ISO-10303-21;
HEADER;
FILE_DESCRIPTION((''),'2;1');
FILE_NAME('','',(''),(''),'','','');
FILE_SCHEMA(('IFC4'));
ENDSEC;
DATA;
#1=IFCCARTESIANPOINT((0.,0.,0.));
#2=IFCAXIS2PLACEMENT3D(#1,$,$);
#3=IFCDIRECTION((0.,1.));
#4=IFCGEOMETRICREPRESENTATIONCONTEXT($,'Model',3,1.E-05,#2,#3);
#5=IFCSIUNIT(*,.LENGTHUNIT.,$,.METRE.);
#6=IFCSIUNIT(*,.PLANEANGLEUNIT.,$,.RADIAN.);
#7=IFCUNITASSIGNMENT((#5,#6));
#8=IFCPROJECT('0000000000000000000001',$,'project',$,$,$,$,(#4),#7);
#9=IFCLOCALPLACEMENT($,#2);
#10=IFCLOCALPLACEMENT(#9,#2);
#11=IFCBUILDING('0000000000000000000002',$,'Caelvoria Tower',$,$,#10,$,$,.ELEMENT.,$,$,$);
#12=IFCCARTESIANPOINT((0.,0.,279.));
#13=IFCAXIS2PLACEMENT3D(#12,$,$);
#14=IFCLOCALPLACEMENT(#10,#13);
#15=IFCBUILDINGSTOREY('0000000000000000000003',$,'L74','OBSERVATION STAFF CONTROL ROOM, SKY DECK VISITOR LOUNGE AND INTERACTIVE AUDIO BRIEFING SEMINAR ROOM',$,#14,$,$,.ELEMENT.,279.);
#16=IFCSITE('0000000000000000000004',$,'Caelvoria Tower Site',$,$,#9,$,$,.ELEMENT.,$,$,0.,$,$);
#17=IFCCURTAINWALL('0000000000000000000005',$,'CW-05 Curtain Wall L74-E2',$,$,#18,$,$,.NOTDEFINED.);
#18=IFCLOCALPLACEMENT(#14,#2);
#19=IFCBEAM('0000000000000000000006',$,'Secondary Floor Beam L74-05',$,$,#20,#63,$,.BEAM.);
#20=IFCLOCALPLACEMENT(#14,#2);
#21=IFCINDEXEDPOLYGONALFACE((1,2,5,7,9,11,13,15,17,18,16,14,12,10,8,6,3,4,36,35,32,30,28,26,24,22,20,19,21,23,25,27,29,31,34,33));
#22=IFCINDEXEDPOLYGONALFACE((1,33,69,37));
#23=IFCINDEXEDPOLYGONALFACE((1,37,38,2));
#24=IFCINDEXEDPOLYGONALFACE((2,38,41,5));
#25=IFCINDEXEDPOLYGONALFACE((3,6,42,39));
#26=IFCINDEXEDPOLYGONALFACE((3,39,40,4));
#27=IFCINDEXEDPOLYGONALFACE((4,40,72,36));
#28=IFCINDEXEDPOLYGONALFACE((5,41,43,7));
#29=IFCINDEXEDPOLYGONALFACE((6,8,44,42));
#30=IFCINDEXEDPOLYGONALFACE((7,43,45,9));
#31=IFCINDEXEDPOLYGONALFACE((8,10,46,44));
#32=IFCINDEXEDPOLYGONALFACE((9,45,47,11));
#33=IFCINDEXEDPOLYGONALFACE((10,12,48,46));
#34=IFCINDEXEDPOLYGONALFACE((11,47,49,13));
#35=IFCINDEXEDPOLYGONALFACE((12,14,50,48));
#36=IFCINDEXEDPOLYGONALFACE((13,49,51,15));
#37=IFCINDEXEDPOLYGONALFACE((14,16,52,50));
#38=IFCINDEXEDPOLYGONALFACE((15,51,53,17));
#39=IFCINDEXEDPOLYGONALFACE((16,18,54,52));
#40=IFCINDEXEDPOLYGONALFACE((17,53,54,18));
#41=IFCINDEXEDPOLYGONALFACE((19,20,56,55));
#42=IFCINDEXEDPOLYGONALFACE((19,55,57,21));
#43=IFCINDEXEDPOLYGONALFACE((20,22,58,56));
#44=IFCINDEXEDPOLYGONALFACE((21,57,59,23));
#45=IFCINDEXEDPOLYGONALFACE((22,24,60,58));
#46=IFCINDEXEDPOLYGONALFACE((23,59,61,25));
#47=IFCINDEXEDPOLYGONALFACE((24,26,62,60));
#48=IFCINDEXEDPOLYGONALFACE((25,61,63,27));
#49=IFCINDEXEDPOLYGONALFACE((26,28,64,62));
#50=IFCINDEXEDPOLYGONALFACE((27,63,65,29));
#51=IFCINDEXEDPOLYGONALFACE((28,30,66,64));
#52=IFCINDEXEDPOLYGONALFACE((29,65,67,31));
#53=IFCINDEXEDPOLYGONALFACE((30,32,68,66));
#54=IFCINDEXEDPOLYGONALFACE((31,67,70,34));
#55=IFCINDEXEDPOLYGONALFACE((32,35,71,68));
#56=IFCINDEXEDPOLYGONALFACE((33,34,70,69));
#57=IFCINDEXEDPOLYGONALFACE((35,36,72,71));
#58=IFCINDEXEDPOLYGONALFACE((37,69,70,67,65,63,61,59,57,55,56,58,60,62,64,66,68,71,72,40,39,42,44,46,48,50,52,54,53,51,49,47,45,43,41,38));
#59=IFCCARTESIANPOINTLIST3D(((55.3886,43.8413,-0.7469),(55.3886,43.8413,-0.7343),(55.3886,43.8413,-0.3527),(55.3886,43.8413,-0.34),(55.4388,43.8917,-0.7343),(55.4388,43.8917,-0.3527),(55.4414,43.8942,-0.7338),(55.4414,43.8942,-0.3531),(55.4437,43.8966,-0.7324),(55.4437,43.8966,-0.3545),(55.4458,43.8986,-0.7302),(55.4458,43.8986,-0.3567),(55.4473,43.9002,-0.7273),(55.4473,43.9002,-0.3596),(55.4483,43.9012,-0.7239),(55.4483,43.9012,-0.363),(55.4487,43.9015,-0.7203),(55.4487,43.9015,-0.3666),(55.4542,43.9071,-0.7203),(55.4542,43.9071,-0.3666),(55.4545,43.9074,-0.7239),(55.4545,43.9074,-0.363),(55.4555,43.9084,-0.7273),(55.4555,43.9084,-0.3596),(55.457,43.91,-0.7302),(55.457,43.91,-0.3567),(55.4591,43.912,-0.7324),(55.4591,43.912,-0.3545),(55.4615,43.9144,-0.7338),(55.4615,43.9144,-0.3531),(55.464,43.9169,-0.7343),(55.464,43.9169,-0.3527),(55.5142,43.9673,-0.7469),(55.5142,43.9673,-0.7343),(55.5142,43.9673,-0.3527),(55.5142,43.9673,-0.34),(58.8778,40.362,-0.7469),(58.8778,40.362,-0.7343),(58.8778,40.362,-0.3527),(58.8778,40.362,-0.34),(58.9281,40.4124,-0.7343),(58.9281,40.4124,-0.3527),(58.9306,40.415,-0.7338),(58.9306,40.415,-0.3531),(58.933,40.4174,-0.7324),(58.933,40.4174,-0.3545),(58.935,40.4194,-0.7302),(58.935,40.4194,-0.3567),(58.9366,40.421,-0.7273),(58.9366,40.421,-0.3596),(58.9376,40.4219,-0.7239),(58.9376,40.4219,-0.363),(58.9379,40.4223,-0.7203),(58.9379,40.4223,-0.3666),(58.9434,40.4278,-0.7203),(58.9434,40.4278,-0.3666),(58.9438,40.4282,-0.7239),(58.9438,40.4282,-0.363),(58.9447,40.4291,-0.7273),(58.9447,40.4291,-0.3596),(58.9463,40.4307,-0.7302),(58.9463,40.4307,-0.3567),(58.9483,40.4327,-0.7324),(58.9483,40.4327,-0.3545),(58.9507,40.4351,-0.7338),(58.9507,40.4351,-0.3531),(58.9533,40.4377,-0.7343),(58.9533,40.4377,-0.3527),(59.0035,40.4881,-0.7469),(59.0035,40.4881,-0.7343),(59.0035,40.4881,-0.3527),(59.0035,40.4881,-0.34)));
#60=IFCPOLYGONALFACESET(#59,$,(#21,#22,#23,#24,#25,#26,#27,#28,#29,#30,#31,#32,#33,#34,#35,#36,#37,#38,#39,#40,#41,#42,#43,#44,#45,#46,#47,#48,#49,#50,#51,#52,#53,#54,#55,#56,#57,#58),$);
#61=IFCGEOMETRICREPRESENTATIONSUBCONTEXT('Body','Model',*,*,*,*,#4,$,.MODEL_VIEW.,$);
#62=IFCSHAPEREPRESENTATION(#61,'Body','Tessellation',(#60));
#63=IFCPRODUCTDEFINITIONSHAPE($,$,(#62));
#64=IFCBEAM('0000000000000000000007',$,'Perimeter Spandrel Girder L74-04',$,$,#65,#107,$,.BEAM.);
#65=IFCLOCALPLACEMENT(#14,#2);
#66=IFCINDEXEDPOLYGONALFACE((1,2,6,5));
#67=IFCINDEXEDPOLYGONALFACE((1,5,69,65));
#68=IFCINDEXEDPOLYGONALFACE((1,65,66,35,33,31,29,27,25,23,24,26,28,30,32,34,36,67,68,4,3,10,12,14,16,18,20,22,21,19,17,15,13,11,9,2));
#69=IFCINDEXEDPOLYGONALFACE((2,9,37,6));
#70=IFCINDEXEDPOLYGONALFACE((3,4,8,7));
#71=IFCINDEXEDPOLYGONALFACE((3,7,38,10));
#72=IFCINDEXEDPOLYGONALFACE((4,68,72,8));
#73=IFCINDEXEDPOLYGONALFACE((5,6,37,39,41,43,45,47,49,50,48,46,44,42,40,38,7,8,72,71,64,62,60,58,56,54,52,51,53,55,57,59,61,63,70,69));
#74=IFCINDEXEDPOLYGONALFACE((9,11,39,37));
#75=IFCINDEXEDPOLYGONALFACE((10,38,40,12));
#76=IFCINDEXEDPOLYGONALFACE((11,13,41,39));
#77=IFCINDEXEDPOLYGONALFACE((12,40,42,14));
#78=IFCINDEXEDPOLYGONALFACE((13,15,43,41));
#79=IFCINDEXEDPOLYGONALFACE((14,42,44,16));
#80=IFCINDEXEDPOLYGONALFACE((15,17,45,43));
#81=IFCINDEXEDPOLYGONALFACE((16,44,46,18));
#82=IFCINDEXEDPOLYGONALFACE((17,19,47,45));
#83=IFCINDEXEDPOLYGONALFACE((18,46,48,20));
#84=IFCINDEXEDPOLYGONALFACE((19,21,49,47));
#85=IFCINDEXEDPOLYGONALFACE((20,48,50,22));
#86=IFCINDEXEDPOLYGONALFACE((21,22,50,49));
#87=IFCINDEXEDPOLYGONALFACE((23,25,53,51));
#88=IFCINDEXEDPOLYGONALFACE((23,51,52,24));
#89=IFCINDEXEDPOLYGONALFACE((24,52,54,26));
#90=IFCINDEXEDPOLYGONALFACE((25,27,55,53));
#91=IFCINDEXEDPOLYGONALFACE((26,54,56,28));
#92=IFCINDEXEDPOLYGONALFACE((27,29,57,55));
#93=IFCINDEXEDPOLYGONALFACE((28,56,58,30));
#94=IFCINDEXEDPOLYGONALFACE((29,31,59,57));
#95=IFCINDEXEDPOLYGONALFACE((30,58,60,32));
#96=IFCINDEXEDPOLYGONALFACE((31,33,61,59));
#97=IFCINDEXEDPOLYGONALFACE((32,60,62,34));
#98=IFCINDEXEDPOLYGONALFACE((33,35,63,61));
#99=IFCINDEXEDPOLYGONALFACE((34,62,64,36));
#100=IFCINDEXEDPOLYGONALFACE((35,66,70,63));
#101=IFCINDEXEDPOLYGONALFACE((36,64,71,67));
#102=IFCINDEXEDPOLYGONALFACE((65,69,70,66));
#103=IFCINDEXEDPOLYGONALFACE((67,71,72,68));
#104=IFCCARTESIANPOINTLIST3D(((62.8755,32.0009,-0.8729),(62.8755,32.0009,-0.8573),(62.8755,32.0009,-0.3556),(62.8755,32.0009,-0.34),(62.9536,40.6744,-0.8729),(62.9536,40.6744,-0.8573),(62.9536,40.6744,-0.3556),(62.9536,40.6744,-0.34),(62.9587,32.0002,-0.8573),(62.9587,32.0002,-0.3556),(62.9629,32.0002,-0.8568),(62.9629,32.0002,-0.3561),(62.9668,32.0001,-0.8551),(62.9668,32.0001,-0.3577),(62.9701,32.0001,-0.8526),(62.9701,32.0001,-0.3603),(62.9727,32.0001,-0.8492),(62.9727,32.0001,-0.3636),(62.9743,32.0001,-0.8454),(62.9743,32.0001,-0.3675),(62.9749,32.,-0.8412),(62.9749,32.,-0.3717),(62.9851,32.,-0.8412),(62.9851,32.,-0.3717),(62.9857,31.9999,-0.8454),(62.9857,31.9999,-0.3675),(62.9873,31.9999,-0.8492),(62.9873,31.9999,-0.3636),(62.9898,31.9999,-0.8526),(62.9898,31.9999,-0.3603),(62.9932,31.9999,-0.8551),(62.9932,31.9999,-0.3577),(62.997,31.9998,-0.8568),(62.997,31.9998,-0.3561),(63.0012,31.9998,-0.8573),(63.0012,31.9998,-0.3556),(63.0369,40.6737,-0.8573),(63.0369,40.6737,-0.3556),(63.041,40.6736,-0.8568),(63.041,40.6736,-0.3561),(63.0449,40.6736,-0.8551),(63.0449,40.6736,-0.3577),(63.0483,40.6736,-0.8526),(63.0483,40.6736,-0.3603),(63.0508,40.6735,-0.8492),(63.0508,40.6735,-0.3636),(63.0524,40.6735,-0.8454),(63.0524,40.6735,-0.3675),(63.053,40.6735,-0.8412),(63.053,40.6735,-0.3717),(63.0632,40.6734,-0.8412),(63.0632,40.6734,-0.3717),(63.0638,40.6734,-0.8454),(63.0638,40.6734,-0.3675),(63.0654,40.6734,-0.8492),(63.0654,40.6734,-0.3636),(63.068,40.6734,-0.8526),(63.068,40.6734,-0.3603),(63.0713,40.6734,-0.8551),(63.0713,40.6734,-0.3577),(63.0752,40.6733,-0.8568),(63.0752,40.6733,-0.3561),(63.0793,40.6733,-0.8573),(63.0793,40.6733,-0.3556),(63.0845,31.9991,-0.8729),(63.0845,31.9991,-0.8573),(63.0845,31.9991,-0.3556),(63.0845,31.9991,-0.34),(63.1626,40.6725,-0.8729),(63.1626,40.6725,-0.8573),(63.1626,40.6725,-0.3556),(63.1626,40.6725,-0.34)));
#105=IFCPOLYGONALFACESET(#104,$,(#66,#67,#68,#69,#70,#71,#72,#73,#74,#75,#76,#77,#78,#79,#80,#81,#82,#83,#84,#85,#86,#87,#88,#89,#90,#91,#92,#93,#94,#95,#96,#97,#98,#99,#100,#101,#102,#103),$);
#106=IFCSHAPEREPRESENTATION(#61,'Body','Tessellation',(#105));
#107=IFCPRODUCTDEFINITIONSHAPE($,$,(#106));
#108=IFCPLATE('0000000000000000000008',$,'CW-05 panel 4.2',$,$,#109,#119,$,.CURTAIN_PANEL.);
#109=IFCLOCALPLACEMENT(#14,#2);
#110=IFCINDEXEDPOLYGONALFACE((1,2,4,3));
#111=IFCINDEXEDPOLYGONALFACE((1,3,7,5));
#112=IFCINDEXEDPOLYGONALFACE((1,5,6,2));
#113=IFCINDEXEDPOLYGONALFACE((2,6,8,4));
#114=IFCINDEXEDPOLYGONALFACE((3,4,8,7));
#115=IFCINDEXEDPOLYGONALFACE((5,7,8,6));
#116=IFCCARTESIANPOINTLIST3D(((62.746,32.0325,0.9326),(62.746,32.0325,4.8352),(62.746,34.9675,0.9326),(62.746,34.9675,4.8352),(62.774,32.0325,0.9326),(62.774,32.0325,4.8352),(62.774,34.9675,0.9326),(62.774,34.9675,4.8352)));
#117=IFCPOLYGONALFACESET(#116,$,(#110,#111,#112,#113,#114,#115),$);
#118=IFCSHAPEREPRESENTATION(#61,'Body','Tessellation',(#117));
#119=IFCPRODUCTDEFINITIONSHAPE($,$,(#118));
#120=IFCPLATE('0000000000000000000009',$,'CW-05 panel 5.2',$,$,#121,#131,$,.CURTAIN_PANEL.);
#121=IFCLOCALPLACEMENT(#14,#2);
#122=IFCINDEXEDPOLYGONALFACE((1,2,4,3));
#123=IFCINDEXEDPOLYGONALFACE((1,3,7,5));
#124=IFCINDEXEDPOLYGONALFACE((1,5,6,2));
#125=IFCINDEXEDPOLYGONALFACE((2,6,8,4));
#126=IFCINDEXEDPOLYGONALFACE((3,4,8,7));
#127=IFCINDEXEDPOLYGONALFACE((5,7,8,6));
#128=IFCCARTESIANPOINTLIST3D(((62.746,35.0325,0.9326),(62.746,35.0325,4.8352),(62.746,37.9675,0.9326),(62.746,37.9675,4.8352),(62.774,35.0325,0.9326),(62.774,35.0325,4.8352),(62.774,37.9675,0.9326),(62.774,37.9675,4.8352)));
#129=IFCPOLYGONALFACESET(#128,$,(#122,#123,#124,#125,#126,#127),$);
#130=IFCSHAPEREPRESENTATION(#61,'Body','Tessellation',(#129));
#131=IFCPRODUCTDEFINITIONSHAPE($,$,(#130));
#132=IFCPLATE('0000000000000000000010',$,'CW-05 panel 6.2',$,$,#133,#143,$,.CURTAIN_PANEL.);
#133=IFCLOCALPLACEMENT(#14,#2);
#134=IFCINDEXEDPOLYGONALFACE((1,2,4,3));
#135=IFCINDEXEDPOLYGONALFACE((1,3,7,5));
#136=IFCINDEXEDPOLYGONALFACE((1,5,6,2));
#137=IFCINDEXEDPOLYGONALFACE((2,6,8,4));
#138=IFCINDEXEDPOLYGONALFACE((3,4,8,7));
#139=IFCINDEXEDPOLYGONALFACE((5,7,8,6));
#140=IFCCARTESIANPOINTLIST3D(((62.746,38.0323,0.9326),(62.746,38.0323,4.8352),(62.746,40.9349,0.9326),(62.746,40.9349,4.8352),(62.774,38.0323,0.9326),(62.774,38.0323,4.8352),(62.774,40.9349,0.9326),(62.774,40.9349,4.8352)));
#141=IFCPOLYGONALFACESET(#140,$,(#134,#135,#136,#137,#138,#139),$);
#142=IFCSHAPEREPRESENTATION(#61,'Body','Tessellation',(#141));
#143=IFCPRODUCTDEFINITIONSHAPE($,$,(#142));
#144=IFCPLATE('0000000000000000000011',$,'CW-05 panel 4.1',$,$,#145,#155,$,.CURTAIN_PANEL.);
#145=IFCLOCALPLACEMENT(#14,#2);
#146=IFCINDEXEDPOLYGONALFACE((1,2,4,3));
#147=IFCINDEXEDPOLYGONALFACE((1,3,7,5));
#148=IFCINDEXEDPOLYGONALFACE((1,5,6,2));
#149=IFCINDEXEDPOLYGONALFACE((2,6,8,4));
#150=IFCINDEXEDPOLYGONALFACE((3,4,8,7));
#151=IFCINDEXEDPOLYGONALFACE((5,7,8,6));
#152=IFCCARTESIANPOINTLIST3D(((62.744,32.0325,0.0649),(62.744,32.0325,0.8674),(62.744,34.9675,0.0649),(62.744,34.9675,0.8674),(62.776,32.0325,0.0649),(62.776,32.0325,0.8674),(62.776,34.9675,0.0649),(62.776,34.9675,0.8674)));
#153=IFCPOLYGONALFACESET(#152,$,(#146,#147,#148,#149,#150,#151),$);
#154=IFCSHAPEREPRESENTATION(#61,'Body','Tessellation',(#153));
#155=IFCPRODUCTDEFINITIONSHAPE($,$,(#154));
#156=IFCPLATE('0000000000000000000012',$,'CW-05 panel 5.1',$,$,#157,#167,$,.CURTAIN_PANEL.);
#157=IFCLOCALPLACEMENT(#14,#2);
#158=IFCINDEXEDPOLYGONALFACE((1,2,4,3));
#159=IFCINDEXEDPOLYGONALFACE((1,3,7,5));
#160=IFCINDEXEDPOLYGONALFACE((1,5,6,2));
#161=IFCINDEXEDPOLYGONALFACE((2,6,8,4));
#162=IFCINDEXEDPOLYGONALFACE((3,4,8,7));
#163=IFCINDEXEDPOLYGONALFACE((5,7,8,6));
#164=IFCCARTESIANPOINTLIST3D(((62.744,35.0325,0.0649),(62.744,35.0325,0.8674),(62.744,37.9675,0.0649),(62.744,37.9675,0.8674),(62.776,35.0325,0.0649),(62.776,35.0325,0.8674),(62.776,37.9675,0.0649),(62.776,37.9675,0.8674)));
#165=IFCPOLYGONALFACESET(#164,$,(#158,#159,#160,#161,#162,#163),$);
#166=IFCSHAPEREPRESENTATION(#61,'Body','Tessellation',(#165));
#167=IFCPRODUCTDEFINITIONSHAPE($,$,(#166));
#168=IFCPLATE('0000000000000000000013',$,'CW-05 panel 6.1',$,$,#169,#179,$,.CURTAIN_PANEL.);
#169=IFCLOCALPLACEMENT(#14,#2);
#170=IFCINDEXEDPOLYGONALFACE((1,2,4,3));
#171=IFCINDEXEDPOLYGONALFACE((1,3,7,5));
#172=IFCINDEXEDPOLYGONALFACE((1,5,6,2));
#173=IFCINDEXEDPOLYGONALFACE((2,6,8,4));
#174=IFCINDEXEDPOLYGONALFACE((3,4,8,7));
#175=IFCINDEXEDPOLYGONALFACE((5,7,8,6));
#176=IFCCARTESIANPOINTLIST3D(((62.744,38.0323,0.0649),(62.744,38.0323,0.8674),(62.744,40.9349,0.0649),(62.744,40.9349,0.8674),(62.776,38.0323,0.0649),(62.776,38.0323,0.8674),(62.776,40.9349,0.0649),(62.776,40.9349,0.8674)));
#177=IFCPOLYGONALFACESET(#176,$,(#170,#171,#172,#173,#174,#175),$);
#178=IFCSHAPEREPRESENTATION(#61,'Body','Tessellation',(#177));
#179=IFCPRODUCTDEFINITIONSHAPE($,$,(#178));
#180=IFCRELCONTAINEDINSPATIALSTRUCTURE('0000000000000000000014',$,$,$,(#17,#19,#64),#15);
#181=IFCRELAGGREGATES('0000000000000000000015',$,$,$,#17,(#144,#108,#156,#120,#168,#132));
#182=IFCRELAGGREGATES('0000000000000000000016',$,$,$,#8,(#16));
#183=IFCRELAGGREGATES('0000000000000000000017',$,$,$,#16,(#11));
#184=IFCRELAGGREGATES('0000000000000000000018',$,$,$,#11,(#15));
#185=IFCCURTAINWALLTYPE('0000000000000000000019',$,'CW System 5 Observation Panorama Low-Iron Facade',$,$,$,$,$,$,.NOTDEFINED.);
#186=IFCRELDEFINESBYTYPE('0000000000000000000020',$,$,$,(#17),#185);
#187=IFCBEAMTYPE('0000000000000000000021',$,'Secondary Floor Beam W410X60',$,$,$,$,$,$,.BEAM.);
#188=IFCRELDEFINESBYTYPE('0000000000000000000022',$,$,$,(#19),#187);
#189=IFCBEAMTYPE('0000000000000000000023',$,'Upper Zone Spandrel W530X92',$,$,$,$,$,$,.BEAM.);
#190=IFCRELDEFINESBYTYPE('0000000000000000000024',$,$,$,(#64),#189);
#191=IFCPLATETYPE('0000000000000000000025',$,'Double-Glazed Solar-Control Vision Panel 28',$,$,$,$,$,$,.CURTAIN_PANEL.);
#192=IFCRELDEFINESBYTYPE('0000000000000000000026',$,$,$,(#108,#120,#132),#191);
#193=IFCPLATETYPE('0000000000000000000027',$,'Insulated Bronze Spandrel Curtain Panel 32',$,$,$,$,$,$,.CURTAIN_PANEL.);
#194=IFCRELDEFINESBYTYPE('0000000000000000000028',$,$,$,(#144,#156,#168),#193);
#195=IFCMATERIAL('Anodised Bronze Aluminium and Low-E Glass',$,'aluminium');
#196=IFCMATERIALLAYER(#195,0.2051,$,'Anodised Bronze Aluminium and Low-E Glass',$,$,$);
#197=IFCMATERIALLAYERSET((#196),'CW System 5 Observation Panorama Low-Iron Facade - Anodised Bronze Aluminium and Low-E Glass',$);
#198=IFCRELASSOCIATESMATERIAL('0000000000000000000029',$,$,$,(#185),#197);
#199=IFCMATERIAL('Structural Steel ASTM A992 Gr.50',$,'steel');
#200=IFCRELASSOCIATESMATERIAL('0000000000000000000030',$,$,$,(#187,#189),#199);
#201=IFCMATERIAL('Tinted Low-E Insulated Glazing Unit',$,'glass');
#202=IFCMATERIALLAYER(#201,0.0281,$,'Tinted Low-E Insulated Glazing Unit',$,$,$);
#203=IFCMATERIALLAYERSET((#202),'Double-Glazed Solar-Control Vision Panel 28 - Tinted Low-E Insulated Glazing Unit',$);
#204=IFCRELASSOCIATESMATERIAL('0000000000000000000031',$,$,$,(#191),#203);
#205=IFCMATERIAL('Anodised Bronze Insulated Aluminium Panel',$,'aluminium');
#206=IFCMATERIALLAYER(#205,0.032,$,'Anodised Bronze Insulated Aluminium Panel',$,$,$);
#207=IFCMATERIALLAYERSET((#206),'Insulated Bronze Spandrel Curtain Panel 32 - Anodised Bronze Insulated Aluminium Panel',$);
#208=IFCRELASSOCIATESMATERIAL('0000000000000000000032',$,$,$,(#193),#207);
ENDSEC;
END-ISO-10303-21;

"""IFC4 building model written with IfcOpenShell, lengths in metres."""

from ifc_helpers import new_model, si_unit, direction, frame, origin, origin_2d, place, context, subcontext, project, spatial, rectangle, i_section, extrude, material, layer, layer_set, material_profile, profile_set, type_object, element, aggregate, save


model = new_model("IFC4")

# Units and contexts
model_context = context("Model", 3, precision=1e-05, world=origin(), true_north=direction((0.0, 1.0)))
body_context = subcontext(model_context, "Body", "Model", "MODEL_VIEW")
ifc_project = project(units=[si_unit("LENGTHUNIT", "METRE"), si_unit("PLANEANGLEUNIT", "RADIAN")], contexts=[model_context])

# Site, building, storey
site_placement = place(None, origin())
site = spatial("IfcSite", under=ifc_project, at=site_placement, Name="Caelvoria Tower Site", CompositionType="ELEMENT", RefElevation=0.0)
building_placement = place(site_placement, origin())
building = spatial("IfcBuilding", under=site, at=building_placement, Name="Caelvoria Tower", CompositionType="ELEMENT")
storey_placement = place(building_placement, frame((0.0, 0.0, 279.0)))
storey = spatial("IfcBuildingStorey", under=building, at=storey_placement, Name="L74", Description="OBSERVATION STAFF CONTROL ROOM, SKY DECK VISITOR LOUNGE AND INTERACTIVE AUDIO BRIEFING SEMINAR ROOM", CompositionType="ELEMENT", Elevation=279.0)

# Curtain wall
ifc_material_1 = material(Name="Anodised Bronze Aluminium and Low-E Glass", Category="aluminium")
ifc_layer_1 = layer(ifc_material_1, 0.2051, Name="Anodised Bronze Aluminium and Low-E Glass")
ifc_layer_set_1 = layer_set([ifc_layer_1], Name="CW System 5 Observation Panorama Low-Iron Facade - Anodised Bronze Aluminium and Low-E Glass")
curtain_wall_type = type_object("IfcCurtainWallType", Name="CW System 5 Observation Panorama Low-Iron Facade", PredefinedType="NOTDEFINED", material=ifc_layer_set_1)
curtain_wall_1_placement = place(storey_placement, origin())
curtain_wall_1 = element("IfcCurtainWall", 1, at=curtain_wall_1_placement, inside=storey, type_object=curtain_wall_type, Name="CW-05 Curtain Wall L74-E2", PredefinedType="NOTDEFINED")

# Beams
ifc_material_2 = material(Name="Structural Steel ASTM A992 Gr.50", Category="steel")
ifc_material_profile_1 = material_profile(ifc_material_2, i_section(OverallWidth=0.178, OverallDepth=0.407, WebThickness=0.0078, FlangeThickness=0.0127, FilletRadius=0.0139, at=origin_2d()), Name="Structural Steel ASTM A992 Gr.50")
ifc_profile_set_1 = profile_set([ifc_material_profile_1], Name="W410X60 - Structural Steel ASTM A992 Gr.50")
beam_type_1 = type_object("IfcBeamType", Name="Secondary Floor Beam W410X60", PredefinedType="BEAM", material=ifc_profile_set_1)
beam_1_placement = place(storey_placement, frame((58.9407, 40.425, -0.5435), z_axis=(-0.708122, 0.70609, 0.0), x_axis=(-0.70609, -0.708122, 0.0)))
element("IfcBeam", 2, at=beam_1_placement, inside=storey, type_object=beam_type_1, Name="Secondary Floor Beam L74-05", PredefinedType="BEAM", context=body_context, shape_type="SweptSolid", body=[
    extrude(i_section(OverallWidth=0.178, OverallDepth=0.407, WebThickness=0.0078, FlangeThickness=0.0127, FilletRadius=0.0139, at=origin_2d()), origin(), (0.0, 0.0, 1.0), 4.9275),
])
ifc_material_profile_2 = material_profile(ifc_material_2, i_section(OverallWidth=0.209, OverallDepth=0.533, WebThickness=0.0103, FlangeThickness=0.0156, FilletRadius=0.0161, at=origin_2d()), Name="Structural Steel ASTM A992 Gr.50")
ifc_profile_set_2 = profile_set([ifc_material_profile_2], Name="W530X92 - Structural Steel ASTM A992 Gr.50")
beam_type_2 = type_object("IfcBeamType", Name="Upper Zone Spandrel W530X92", PredefinedType="BEAM", material=ifc_profile_set_2)
beam_2_placement = place(storey_placement, frame((62.98, 32.0, -0.6064), z_axis=(0.009007, 0.999959, 0.0), x_axis=(-0.999959, 0.009007, 0.0)))
element("IfcBeam", 3, at=beam_2_placement, inside=storey, type_object=beam_type_2, Name="Perimeter Spandrel Girder L74-04", PredefinedType="BEAM", context=body_context, shape_type="SweptSolid", body=[
    extrude(i_section(OverallWidth=0.209, OverallDepth=0.533, WebThickness=0.0103, FlangeThickness=0.0156, FilletRadius=0.0161, at=origin_2d()), origin(), (0.0, 0.0, 1.0), 8.6738),
])

# Plates
ifc_material_3 = material(Name="Tinted Low-E Insulated Glazing Unit", Category="glass")
ifc_layer_2 = layer(ifc_material_3, 0.0281, Name="Tinted Low-E Insulated Glazing Unit")
ifc_layer_set_2 = layer_set([ifc_layer_2], Name="Double-Glazed Solar-Control Vision Panel 28 - Tinted Low-E Insulated Glazing Unit")
plate_type_1 = type_object("IfcPlateType", Name="Double-Glazed Solar-Control Vision Panel 28", PredefinedType="CURTAIN_PANEL", material=ifc_layer_set_2)
plate_1_placement = place(storey_placement, frame((62.76, 33.5, 0.9326), z_axis=(0.0, 0.0, 1.0), x_axis=(0.0, 1.0, 0.0)))
plate_1 = element("IfcPlate", 4, at=plate_1_placement, type_object=plate_type_1, Name="CW-05 panel 4.2", PredefinedType="CURTAIN_PANEL", context=body_context, shape_type="SweptSolid", body=[
    extrude(rectangle(XDim=2.9351, YDim=0.0281, at=origin_2d()), origin(), (0.0, 0.0, 1.0), 3.9026),
])
plate_2_placement = place(storey_placement, frame((62.76, 36.5, 0.9326), z_axis=(0.0, 0.0, 1.0), x_axis=(0.0, 1.0, 0.0)))
plate_2 = element("IfcPlate", 5, at=plate_2_placement, type_object=plate_type_1, Name="CW-05 panel 5.2", PredefinedType="CURTAIN_PANEL", context=body_context, shape_type="SweptSolid", body=[
    extrude(rectangle(XDim=2.9351, YDim=0.0281, at=origin_2d()), origin(), (0.0, 0.0, 1.0), 3.9026),
])
plate_3_placement = place(storey_placement, frame((62.76, 39.4836, 0.9326), z_axis=(0.0, 0.0, 1.0), x_axis=(0.0, 1.0, 0.0)))
plate_3 = element("IfcPlate", 6, at=plate_3_placement, type_object=plate_type_1, Name="CW-05 panel 6.2", PredefinedType="CURTAIN_PANEL", context=body_context, shape_type="SweptSolid", body=[
    extrude(rectangle(XDim=2.9026, YDim=0.0281, at=origin_2d()), origin(), (0.0, 0.0, 1.0), 3.9026),
])
ifc_material_4 = material(Name="Anodised Bronze Insulated Aluminium Panel", Category="aluminium")
ifc_layer_3 = layer(ifc_material_4, 0.032, Name="Anodised Bronze Insulated Aluminium Panel")
ifc_layer_set_3 = layer_set([ifc_layer_3], Name="Insulated Bronze Spandrel Curtain Panel 32 - Anodised Bronze Insulated Aluminium Panel")
plate_type_2 = type_object("IfcPlateType", Name="Insulated Bronze Spandrel Curtain Panel 32", PredefinedType="CURTAIN_PANEL", material=ifc_layer_set_3)
plate_4_placement = place(storey_placement, frame((62.76, 33.5, 0.0649), z_axis=(0.0, 0.0, 1.0), x_axis=(0.0, 1.0, 0.0)))
plate_4 = element("IfcPlate", 7, at=plate_4_placement, type_object=plate_type_2, Name="CW-05 panel 4.1", PredefinedType="CURTAIN_PANEL", context=body_context, shape_type="SweptSolid", body=[
    extrude(rectangle(XDim=2.9351, YDim=0.032, at=origin_2d()), origin(), (0.0, 0.0, 1.0), 0.8025),
])
plate_5_placement = place(storey_placement, frame((62.76, 36.5, 0.0649), z_axis=(0.0, 0.0, 1.0), x_axis=(0.0, 1.0, 0.0)))
plate_5 = element("IfcPlate", 8, at=plate_5_placement, type_object=plate_type_2, Name="CW-05 panel 5.1", PredefinedType="CURTAIN_PANEL", context=body_context, shape_type="SweptSolid", body=[
    extrude(rectangle(XDim=2.9351, YDim=0.032, at=origin_2d()), origin(), (0.0, 0.0, 1.0), 0.8025),
])
plate_6_placement = place(storey_placement, frame((62.76, 39.4836, 0.0649), z_axis=(0.0, 0.0, 1.0), x_axis=(0.0, 1.0, 0.0)))
plate_6 = element("IfcPlate", 9, at=plate_6_placement, type_object=plate_type_2, Name="CW-05 panel 6.1", PredefinedType="CURTAIN_PANEL", context=body_context, shape_type="SweptSolid", body=[
    extrude(rectangle(XDim=2.9026, YDim=0.032, at=origin_2d()), origin(), (0.0, 0.0, 1.0), 0.8025),
])
aggregate(curtain_wall_1, [plate_4, plate_1, plate_5, plate_2, plate_6, plate_3])

save(model, "model.ifc")
